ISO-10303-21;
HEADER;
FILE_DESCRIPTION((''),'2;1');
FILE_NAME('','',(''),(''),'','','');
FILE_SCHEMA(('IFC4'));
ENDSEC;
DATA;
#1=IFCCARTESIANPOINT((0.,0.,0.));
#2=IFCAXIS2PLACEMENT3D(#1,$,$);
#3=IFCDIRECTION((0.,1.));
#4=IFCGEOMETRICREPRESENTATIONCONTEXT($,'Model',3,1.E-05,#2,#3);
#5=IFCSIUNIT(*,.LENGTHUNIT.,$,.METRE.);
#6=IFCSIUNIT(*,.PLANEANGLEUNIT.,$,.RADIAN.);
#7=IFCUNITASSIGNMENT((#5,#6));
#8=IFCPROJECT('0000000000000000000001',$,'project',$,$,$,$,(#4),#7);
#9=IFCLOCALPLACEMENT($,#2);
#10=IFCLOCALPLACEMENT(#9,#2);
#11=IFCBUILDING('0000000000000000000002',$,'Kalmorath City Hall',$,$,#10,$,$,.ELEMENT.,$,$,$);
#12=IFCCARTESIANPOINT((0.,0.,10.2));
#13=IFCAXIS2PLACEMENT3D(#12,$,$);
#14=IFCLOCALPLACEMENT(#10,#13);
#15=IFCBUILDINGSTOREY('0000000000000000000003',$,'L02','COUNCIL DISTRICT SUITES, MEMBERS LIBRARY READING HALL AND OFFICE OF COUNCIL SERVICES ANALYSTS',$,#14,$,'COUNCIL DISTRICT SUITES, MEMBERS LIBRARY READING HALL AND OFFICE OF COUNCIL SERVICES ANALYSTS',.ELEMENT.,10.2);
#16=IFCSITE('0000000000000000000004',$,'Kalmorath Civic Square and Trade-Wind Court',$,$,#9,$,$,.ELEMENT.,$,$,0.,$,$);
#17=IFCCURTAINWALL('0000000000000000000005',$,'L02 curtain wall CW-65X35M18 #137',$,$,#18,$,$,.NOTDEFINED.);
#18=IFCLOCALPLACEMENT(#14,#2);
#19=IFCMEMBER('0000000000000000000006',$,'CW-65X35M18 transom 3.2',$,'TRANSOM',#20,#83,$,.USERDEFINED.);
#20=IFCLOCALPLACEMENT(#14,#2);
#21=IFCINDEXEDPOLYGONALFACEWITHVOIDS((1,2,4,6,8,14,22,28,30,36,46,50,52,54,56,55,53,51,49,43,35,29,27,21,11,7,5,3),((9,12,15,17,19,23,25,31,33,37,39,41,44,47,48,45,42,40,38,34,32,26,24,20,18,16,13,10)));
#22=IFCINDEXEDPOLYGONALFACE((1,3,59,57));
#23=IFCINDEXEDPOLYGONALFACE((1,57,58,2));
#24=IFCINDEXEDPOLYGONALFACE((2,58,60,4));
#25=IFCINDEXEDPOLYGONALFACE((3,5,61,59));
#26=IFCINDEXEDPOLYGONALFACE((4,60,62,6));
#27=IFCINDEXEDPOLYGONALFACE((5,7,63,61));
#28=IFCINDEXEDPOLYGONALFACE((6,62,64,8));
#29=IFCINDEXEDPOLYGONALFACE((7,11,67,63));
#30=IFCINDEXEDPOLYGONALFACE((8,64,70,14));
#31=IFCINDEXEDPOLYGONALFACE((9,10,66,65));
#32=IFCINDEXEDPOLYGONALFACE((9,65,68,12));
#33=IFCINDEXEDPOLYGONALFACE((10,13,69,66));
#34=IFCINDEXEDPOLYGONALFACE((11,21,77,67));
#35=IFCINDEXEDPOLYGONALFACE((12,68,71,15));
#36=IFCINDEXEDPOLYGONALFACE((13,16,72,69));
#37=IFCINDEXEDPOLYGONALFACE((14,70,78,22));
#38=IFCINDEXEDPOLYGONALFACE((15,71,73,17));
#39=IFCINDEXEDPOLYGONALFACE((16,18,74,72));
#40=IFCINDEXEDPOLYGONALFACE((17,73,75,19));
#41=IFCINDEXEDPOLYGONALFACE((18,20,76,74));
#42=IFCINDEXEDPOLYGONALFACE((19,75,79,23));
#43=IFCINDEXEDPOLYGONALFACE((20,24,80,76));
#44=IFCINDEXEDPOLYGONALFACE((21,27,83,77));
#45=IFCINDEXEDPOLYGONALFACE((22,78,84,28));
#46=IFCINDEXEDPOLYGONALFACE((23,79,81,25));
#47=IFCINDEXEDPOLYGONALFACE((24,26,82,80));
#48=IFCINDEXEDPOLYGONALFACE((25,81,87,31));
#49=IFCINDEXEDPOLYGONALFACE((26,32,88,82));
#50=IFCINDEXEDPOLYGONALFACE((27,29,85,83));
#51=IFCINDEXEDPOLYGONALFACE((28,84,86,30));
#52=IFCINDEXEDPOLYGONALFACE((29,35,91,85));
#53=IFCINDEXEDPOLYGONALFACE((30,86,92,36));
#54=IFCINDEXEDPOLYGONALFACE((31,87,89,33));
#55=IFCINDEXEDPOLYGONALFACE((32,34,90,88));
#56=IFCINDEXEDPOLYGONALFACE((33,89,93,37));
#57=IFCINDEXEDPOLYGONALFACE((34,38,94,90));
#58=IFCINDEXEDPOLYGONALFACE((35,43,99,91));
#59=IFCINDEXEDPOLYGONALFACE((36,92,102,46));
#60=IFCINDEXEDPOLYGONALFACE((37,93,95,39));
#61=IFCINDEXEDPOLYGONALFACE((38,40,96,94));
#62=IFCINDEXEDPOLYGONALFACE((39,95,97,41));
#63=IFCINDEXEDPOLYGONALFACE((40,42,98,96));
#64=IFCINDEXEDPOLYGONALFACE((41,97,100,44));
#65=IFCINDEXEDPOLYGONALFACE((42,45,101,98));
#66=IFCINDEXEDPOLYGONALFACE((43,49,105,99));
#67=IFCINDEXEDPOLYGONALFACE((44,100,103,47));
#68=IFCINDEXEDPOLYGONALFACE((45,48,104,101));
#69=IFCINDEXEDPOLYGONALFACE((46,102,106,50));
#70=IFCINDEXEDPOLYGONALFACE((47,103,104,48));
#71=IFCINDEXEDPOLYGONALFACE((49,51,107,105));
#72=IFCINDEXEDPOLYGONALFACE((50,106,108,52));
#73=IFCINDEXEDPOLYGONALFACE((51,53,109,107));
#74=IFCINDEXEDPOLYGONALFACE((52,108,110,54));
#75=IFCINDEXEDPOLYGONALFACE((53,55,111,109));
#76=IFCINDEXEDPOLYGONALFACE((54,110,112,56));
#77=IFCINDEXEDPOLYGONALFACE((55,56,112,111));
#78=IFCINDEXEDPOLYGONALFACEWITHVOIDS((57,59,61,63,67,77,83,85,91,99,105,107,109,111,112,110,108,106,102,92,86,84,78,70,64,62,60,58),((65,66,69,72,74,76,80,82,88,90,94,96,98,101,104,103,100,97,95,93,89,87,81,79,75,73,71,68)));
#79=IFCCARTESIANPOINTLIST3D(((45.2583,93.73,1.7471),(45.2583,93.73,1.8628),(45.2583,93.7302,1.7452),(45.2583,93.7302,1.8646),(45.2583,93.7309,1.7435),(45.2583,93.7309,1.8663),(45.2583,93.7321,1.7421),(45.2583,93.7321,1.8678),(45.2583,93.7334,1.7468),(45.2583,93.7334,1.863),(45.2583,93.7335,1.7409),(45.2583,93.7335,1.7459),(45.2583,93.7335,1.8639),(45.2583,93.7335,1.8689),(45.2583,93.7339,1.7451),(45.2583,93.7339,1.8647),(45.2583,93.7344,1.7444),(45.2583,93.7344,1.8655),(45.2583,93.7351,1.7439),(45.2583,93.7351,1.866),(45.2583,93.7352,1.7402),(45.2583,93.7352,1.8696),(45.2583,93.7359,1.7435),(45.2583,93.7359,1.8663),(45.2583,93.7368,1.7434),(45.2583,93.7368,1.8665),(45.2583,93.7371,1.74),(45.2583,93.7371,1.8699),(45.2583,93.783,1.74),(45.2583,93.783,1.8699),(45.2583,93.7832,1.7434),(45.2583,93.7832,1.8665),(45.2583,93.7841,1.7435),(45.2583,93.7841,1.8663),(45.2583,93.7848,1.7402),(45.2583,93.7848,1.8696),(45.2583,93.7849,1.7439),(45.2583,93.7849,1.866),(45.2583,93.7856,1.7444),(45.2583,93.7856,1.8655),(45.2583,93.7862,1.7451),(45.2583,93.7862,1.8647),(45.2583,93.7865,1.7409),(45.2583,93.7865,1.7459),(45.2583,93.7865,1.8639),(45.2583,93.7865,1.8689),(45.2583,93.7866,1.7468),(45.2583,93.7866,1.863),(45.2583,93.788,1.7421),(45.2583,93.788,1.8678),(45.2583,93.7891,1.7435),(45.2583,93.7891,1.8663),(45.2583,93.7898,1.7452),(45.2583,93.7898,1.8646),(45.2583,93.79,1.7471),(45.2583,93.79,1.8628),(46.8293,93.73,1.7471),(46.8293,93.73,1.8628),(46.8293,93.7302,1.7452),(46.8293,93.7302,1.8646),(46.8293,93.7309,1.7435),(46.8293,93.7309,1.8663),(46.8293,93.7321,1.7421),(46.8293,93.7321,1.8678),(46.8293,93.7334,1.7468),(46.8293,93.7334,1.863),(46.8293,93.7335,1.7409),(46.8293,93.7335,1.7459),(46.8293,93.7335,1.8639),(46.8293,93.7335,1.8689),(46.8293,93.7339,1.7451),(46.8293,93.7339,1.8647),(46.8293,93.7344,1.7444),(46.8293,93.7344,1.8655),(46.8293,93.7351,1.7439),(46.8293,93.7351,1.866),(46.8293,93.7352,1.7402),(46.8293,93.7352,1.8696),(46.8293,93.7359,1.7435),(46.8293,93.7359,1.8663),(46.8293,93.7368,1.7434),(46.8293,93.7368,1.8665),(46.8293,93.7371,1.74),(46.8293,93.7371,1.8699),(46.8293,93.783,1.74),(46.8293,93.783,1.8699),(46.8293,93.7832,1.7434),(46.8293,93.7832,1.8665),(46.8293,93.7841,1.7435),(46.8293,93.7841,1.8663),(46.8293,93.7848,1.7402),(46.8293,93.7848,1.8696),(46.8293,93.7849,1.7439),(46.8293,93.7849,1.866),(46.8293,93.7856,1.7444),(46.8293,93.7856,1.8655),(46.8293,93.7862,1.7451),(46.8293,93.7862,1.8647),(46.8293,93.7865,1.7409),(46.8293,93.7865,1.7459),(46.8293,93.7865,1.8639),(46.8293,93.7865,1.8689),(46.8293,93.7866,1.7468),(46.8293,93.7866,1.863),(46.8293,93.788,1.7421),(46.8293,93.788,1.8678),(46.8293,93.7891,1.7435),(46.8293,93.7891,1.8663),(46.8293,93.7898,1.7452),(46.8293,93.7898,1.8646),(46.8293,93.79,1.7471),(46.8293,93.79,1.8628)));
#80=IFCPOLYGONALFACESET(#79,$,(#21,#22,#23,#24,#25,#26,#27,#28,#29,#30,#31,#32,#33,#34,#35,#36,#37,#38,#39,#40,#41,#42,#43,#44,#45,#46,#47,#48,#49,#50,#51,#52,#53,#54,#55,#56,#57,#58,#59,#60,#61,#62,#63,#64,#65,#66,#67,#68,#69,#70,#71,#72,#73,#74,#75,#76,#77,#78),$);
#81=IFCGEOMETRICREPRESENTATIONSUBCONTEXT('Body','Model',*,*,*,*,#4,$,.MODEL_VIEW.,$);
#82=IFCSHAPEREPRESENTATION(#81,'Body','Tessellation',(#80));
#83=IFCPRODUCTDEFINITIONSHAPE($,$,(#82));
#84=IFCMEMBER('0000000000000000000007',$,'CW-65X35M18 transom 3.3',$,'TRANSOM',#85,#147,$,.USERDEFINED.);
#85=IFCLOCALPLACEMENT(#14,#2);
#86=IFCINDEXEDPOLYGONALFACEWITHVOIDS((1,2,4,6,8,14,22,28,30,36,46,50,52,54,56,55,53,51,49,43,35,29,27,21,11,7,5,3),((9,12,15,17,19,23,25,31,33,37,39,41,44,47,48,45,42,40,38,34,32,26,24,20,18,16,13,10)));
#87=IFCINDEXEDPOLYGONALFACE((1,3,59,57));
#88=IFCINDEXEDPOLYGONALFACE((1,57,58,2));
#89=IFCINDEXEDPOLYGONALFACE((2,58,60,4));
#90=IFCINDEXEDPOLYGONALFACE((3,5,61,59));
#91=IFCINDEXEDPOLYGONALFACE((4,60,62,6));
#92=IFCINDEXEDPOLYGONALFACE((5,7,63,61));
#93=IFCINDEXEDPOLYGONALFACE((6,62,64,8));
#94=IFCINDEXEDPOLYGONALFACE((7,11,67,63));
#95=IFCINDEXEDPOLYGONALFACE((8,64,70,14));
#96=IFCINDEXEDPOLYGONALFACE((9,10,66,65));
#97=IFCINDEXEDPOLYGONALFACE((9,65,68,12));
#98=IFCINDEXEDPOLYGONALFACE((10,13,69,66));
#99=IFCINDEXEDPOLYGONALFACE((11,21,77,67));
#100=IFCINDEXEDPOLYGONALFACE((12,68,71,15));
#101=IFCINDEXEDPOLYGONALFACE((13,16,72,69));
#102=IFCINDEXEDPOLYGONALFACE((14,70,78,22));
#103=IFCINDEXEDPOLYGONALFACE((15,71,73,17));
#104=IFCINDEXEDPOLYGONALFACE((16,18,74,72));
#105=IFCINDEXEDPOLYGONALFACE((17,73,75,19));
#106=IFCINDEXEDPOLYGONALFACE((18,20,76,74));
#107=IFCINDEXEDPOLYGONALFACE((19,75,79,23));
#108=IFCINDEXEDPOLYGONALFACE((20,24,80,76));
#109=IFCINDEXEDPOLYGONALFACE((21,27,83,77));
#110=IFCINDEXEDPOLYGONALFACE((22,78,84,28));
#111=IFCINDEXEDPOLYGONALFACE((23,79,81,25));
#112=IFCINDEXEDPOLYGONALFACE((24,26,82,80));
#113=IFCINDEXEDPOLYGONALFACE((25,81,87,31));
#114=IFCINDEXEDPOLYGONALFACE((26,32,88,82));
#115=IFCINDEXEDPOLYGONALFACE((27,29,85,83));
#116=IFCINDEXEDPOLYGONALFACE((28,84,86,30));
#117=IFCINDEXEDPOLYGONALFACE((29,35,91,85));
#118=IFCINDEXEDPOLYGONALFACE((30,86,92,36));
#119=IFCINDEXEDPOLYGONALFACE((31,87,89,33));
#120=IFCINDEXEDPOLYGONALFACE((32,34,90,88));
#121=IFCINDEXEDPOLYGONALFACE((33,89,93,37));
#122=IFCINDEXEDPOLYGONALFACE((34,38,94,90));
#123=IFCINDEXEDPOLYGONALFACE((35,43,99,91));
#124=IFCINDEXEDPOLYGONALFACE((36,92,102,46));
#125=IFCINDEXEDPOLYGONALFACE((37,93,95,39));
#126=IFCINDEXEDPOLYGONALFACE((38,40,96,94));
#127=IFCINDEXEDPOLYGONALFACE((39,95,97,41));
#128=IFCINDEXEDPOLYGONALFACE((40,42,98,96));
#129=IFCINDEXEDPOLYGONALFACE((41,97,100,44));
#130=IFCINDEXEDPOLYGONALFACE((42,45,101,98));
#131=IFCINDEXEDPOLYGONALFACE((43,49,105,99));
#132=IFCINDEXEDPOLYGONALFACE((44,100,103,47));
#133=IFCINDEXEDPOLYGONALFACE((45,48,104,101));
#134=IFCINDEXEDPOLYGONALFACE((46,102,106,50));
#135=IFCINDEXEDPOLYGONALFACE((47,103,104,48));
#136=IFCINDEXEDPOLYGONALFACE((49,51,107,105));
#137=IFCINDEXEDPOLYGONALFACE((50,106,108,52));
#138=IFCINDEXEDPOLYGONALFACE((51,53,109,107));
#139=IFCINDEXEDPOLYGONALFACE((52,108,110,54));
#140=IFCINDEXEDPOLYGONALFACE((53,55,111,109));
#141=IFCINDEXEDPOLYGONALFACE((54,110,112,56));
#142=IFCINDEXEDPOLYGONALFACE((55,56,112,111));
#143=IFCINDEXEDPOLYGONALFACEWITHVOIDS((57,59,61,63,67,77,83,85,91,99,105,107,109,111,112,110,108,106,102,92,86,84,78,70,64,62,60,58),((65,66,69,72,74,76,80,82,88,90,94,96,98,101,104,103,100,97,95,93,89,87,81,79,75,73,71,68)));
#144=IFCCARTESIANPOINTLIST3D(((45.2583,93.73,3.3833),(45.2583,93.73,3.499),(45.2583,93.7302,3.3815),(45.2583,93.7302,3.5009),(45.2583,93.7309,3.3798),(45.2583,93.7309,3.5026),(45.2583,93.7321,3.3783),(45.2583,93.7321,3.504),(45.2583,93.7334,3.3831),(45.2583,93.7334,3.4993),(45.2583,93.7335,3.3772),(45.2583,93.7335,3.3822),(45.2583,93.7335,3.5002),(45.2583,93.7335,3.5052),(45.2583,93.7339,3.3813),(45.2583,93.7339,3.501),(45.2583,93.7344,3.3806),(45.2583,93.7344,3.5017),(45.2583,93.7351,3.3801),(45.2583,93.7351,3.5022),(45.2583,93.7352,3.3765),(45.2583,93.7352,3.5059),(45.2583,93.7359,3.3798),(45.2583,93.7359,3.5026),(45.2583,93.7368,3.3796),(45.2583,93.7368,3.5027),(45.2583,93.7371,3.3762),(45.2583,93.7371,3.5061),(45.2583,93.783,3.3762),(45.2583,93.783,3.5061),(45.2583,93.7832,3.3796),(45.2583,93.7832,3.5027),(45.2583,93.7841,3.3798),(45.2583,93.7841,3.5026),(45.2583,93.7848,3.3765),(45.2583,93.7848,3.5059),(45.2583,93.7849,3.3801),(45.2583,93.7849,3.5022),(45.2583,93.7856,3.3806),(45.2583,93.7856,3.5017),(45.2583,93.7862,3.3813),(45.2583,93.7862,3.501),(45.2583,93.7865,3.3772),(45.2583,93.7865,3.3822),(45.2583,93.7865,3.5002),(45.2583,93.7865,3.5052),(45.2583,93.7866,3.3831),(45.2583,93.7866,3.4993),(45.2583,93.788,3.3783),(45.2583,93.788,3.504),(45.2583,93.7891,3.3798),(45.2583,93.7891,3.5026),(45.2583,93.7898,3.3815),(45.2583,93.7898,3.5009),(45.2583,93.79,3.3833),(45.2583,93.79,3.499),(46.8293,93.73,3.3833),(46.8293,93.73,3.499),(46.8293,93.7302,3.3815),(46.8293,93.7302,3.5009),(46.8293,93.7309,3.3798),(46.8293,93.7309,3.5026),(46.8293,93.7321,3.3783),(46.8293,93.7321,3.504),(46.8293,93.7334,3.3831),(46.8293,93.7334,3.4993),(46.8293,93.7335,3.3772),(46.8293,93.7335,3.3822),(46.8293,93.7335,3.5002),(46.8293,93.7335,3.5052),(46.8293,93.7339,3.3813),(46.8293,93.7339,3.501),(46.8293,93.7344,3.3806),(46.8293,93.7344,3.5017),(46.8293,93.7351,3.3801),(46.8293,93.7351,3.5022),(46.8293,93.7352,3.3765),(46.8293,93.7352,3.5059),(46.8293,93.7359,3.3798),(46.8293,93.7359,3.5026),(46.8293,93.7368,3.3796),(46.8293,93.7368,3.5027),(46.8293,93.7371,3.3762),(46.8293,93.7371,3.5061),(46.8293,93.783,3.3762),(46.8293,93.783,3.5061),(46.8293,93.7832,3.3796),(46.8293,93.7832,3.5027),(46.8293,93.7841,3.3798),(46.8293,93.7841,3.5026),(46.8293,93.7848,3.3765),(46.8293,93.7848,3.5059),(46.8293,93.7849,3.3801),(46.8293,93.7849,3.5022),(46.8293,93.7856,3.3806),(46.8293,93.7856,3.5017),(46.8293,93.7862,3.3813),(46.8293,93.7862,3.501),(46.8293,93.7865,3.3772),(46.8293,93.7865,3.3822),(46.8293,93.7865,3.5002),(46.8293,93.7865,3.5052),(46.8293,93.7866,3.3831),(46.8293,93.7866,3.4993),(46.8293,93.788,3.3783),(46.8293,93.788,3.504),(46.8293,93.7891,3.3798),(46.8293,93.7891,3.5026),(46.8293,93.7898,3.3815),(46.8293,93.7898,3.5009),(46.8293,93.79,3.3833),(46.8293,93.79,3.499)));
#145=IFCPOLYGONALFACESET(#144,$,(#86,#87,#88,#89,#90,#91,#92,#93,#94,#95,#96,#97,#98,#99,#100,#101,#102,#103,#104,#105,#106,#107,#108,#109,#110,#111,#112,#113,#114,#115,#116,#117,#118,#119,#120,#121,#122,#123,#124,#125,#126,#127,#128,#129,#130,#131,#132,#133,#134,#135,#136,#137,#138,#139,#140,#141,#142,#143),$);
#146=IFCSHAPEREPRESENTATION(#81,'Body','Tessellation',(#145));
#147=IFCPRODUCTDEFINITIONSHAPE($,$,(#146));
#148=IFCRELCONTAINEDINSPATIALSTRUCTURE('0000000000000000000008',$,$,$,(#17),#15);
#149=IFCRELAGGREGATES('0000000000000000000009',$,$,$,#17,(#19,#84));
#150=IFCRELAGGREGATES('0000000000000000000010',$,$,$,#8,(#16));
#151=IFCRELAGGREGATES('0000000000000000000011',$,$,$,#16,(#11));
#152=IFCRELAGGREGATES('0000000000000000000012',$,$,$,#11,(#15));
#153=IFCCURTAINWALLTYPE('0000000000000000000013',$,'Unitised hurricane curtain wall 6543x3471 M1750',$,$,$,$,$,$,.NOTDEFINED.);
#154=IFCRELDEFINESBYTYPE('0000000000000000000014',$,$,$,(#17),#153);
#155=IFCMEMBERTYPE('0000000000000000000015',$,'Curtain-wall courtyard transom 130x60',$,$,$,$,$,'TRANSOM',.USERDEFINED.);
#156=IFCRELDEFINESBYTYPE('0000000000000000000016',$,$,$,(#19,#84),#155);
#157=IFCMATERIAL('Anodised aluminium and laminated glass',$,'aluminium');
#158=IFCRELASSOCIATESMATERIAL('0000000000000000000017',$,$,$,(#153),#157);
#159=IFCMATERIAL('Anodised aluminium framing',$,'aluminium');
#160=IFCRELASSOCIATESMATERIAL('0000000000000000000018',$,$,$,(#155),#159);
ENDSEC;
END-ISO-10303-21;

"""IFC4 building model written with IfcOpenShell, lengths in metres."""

from ifc_helpers import new_model, si_unit, direction, frame, origin, origin_2d, place, context, subcontext, project, spatial, hollow_rectangle, extrude, material, material_profile, profile_set, type_object, element, aggregate, save


model = new_model("IFC4")

# Units and contexts
model_context = context("Model", 3, precision=1e-05, world=origin(), true_north=direction((0.0, 1.0)))
body_context = subcontext(model_context, "Body", "Model", "MODEL_VIEW")
ifc_project = project(units=[si_unit("LENGTHUNIT", "METRE"), si_unit("PLANEANGLEUNIT", "RADIAN")], contexts=[model_context])

# Site, building, storey
site_placement = place(None, origin())
site = spatial("IfcSite", under=ifc_project, at=site_placement, Name="Kalmorath Civic Square and Trade-Wind Court", CompositionType="ELEMENT", RefElevation=0.0)
building_placement = place(site_placement, origin())
building = spatial("IfcBuilding", under=site, at=building_placement, Name="Kalmorath City Hall", CompositionType="ELEMENT")
storey_placement = place(building_placement, frame((0.0, 0.0, 10.2)))
storey = spatial("IfcBuildingStorey", under=building, at=storey_placement, Name="L02", Description="COUNCIL DISTRICT SUITES, MEMBERS LIBRARY READING HALL AND OFFICE OF COUNCIL SERVICES ANALYSTS", LongName="COUNCIL DISTRICT SUITES, MEMBERS LIBRARY READING HALL AND OFFICE OF COUNCIL SERVICES ANALYSTS", CompositionType="ELEMENT", Elevation=10.2)

# Curtain wall
ifc_material_1 = material(Name="Anodised aluminium and laminated glass", Category="aluminium")
curtain_wall_type_1 = type_object("IfcCurtainWallType", Name="Unitised hurricane curtain wall 6543x3471 M1750", PredefinedType="NOTDEFINED", material=ifc_material_1)
curtain_wall_1_placement = place(storey_placement, origin())
curtain_wall_1 = element("IfcCurtainWall", 1, at=curtain_wall_1_placement, inside=storey, type_object=curtain_wall_type_1, Name="L02 curtain wall CW-65X35M18 #137", PredefinedType="NOTDEFINED")

# Members
ifc_material_2 = material(Name="Anodised aluminium framing", Category="aluminium")
ifc_material_profile_1 = material_profile(ifc_material_2, hollow_rectangle(XDim=0.0601, YDim=0.1299, WallThickness=0.0034, InnerFilletRadius=0.0034, OuterFilletRadius=0.0071, at=origin_2d()), Name="ALU-TRN-130X60X3.5")
ifc_profile_set_1 = profile_set([ifc_material_profile_1], Name="Anodised aluminium framing")
member_type_1 = type_object("IfcMemberType", Name="Curtain-wall courtyard transom 130x60", ElementType="TRANSOM", PredefinedType="USERDEFINED", material=ifc_profile_set_1)
member_1_placement = place(storey_placement, frame((46.8293, 93.76, 1.8049), z_axis=(-1.0, 0.0, 0.0), x_axis=(0.0, -1.0, 0.0)))
member_1 = element("IfcMember", 2, at=member_1_placement, type_object=member_type_1, Name="CW-65X35M18 transom 3.2", ObjectType="TRANSOM", PredefinedType="USERDEFINED", context=body_context, shape_type="SweptSolid", body=[
    extrude(hollow_rectangle(XDim=0.0601, YDim=0.1299, WallThickness=0.0034, InnerFilletRadius=0.0034, OuterFilletRadius=0.0071, at=origin_2d()), origin(), (0.0, 0.0, 1.0), 1.571),
])
member_2_placement = place(storey_placement, frame((46.8293, 93.76, 3.4412), z_axis=(-1.0, 0.0, 0.0), x_axis=(0.0, -1.0, 0.0)))
member_2 = element("IfcMember", 3, at=member_2_placement, type_object=member_type_1, Name="CW-65X35M18 transom 3.3", ObjectType="TRANSOM", PredefinedType="USERDEFINED", context=body_context, shape_type="SweptSolid", body=[
    extrude(hollow_rectangle(XDim=0.0601, YDim=0.1299, WallThickness=0.0034, InnerFilletRadius=0.0034, OuterFilletRadius=0.0071, at=origin_2d()), origin(), (0.0, 0.0, 1.0), 1.571),
])

aggregate(curtain_wall_1, [member_1, member_2])

save(model, "model.ifc")
